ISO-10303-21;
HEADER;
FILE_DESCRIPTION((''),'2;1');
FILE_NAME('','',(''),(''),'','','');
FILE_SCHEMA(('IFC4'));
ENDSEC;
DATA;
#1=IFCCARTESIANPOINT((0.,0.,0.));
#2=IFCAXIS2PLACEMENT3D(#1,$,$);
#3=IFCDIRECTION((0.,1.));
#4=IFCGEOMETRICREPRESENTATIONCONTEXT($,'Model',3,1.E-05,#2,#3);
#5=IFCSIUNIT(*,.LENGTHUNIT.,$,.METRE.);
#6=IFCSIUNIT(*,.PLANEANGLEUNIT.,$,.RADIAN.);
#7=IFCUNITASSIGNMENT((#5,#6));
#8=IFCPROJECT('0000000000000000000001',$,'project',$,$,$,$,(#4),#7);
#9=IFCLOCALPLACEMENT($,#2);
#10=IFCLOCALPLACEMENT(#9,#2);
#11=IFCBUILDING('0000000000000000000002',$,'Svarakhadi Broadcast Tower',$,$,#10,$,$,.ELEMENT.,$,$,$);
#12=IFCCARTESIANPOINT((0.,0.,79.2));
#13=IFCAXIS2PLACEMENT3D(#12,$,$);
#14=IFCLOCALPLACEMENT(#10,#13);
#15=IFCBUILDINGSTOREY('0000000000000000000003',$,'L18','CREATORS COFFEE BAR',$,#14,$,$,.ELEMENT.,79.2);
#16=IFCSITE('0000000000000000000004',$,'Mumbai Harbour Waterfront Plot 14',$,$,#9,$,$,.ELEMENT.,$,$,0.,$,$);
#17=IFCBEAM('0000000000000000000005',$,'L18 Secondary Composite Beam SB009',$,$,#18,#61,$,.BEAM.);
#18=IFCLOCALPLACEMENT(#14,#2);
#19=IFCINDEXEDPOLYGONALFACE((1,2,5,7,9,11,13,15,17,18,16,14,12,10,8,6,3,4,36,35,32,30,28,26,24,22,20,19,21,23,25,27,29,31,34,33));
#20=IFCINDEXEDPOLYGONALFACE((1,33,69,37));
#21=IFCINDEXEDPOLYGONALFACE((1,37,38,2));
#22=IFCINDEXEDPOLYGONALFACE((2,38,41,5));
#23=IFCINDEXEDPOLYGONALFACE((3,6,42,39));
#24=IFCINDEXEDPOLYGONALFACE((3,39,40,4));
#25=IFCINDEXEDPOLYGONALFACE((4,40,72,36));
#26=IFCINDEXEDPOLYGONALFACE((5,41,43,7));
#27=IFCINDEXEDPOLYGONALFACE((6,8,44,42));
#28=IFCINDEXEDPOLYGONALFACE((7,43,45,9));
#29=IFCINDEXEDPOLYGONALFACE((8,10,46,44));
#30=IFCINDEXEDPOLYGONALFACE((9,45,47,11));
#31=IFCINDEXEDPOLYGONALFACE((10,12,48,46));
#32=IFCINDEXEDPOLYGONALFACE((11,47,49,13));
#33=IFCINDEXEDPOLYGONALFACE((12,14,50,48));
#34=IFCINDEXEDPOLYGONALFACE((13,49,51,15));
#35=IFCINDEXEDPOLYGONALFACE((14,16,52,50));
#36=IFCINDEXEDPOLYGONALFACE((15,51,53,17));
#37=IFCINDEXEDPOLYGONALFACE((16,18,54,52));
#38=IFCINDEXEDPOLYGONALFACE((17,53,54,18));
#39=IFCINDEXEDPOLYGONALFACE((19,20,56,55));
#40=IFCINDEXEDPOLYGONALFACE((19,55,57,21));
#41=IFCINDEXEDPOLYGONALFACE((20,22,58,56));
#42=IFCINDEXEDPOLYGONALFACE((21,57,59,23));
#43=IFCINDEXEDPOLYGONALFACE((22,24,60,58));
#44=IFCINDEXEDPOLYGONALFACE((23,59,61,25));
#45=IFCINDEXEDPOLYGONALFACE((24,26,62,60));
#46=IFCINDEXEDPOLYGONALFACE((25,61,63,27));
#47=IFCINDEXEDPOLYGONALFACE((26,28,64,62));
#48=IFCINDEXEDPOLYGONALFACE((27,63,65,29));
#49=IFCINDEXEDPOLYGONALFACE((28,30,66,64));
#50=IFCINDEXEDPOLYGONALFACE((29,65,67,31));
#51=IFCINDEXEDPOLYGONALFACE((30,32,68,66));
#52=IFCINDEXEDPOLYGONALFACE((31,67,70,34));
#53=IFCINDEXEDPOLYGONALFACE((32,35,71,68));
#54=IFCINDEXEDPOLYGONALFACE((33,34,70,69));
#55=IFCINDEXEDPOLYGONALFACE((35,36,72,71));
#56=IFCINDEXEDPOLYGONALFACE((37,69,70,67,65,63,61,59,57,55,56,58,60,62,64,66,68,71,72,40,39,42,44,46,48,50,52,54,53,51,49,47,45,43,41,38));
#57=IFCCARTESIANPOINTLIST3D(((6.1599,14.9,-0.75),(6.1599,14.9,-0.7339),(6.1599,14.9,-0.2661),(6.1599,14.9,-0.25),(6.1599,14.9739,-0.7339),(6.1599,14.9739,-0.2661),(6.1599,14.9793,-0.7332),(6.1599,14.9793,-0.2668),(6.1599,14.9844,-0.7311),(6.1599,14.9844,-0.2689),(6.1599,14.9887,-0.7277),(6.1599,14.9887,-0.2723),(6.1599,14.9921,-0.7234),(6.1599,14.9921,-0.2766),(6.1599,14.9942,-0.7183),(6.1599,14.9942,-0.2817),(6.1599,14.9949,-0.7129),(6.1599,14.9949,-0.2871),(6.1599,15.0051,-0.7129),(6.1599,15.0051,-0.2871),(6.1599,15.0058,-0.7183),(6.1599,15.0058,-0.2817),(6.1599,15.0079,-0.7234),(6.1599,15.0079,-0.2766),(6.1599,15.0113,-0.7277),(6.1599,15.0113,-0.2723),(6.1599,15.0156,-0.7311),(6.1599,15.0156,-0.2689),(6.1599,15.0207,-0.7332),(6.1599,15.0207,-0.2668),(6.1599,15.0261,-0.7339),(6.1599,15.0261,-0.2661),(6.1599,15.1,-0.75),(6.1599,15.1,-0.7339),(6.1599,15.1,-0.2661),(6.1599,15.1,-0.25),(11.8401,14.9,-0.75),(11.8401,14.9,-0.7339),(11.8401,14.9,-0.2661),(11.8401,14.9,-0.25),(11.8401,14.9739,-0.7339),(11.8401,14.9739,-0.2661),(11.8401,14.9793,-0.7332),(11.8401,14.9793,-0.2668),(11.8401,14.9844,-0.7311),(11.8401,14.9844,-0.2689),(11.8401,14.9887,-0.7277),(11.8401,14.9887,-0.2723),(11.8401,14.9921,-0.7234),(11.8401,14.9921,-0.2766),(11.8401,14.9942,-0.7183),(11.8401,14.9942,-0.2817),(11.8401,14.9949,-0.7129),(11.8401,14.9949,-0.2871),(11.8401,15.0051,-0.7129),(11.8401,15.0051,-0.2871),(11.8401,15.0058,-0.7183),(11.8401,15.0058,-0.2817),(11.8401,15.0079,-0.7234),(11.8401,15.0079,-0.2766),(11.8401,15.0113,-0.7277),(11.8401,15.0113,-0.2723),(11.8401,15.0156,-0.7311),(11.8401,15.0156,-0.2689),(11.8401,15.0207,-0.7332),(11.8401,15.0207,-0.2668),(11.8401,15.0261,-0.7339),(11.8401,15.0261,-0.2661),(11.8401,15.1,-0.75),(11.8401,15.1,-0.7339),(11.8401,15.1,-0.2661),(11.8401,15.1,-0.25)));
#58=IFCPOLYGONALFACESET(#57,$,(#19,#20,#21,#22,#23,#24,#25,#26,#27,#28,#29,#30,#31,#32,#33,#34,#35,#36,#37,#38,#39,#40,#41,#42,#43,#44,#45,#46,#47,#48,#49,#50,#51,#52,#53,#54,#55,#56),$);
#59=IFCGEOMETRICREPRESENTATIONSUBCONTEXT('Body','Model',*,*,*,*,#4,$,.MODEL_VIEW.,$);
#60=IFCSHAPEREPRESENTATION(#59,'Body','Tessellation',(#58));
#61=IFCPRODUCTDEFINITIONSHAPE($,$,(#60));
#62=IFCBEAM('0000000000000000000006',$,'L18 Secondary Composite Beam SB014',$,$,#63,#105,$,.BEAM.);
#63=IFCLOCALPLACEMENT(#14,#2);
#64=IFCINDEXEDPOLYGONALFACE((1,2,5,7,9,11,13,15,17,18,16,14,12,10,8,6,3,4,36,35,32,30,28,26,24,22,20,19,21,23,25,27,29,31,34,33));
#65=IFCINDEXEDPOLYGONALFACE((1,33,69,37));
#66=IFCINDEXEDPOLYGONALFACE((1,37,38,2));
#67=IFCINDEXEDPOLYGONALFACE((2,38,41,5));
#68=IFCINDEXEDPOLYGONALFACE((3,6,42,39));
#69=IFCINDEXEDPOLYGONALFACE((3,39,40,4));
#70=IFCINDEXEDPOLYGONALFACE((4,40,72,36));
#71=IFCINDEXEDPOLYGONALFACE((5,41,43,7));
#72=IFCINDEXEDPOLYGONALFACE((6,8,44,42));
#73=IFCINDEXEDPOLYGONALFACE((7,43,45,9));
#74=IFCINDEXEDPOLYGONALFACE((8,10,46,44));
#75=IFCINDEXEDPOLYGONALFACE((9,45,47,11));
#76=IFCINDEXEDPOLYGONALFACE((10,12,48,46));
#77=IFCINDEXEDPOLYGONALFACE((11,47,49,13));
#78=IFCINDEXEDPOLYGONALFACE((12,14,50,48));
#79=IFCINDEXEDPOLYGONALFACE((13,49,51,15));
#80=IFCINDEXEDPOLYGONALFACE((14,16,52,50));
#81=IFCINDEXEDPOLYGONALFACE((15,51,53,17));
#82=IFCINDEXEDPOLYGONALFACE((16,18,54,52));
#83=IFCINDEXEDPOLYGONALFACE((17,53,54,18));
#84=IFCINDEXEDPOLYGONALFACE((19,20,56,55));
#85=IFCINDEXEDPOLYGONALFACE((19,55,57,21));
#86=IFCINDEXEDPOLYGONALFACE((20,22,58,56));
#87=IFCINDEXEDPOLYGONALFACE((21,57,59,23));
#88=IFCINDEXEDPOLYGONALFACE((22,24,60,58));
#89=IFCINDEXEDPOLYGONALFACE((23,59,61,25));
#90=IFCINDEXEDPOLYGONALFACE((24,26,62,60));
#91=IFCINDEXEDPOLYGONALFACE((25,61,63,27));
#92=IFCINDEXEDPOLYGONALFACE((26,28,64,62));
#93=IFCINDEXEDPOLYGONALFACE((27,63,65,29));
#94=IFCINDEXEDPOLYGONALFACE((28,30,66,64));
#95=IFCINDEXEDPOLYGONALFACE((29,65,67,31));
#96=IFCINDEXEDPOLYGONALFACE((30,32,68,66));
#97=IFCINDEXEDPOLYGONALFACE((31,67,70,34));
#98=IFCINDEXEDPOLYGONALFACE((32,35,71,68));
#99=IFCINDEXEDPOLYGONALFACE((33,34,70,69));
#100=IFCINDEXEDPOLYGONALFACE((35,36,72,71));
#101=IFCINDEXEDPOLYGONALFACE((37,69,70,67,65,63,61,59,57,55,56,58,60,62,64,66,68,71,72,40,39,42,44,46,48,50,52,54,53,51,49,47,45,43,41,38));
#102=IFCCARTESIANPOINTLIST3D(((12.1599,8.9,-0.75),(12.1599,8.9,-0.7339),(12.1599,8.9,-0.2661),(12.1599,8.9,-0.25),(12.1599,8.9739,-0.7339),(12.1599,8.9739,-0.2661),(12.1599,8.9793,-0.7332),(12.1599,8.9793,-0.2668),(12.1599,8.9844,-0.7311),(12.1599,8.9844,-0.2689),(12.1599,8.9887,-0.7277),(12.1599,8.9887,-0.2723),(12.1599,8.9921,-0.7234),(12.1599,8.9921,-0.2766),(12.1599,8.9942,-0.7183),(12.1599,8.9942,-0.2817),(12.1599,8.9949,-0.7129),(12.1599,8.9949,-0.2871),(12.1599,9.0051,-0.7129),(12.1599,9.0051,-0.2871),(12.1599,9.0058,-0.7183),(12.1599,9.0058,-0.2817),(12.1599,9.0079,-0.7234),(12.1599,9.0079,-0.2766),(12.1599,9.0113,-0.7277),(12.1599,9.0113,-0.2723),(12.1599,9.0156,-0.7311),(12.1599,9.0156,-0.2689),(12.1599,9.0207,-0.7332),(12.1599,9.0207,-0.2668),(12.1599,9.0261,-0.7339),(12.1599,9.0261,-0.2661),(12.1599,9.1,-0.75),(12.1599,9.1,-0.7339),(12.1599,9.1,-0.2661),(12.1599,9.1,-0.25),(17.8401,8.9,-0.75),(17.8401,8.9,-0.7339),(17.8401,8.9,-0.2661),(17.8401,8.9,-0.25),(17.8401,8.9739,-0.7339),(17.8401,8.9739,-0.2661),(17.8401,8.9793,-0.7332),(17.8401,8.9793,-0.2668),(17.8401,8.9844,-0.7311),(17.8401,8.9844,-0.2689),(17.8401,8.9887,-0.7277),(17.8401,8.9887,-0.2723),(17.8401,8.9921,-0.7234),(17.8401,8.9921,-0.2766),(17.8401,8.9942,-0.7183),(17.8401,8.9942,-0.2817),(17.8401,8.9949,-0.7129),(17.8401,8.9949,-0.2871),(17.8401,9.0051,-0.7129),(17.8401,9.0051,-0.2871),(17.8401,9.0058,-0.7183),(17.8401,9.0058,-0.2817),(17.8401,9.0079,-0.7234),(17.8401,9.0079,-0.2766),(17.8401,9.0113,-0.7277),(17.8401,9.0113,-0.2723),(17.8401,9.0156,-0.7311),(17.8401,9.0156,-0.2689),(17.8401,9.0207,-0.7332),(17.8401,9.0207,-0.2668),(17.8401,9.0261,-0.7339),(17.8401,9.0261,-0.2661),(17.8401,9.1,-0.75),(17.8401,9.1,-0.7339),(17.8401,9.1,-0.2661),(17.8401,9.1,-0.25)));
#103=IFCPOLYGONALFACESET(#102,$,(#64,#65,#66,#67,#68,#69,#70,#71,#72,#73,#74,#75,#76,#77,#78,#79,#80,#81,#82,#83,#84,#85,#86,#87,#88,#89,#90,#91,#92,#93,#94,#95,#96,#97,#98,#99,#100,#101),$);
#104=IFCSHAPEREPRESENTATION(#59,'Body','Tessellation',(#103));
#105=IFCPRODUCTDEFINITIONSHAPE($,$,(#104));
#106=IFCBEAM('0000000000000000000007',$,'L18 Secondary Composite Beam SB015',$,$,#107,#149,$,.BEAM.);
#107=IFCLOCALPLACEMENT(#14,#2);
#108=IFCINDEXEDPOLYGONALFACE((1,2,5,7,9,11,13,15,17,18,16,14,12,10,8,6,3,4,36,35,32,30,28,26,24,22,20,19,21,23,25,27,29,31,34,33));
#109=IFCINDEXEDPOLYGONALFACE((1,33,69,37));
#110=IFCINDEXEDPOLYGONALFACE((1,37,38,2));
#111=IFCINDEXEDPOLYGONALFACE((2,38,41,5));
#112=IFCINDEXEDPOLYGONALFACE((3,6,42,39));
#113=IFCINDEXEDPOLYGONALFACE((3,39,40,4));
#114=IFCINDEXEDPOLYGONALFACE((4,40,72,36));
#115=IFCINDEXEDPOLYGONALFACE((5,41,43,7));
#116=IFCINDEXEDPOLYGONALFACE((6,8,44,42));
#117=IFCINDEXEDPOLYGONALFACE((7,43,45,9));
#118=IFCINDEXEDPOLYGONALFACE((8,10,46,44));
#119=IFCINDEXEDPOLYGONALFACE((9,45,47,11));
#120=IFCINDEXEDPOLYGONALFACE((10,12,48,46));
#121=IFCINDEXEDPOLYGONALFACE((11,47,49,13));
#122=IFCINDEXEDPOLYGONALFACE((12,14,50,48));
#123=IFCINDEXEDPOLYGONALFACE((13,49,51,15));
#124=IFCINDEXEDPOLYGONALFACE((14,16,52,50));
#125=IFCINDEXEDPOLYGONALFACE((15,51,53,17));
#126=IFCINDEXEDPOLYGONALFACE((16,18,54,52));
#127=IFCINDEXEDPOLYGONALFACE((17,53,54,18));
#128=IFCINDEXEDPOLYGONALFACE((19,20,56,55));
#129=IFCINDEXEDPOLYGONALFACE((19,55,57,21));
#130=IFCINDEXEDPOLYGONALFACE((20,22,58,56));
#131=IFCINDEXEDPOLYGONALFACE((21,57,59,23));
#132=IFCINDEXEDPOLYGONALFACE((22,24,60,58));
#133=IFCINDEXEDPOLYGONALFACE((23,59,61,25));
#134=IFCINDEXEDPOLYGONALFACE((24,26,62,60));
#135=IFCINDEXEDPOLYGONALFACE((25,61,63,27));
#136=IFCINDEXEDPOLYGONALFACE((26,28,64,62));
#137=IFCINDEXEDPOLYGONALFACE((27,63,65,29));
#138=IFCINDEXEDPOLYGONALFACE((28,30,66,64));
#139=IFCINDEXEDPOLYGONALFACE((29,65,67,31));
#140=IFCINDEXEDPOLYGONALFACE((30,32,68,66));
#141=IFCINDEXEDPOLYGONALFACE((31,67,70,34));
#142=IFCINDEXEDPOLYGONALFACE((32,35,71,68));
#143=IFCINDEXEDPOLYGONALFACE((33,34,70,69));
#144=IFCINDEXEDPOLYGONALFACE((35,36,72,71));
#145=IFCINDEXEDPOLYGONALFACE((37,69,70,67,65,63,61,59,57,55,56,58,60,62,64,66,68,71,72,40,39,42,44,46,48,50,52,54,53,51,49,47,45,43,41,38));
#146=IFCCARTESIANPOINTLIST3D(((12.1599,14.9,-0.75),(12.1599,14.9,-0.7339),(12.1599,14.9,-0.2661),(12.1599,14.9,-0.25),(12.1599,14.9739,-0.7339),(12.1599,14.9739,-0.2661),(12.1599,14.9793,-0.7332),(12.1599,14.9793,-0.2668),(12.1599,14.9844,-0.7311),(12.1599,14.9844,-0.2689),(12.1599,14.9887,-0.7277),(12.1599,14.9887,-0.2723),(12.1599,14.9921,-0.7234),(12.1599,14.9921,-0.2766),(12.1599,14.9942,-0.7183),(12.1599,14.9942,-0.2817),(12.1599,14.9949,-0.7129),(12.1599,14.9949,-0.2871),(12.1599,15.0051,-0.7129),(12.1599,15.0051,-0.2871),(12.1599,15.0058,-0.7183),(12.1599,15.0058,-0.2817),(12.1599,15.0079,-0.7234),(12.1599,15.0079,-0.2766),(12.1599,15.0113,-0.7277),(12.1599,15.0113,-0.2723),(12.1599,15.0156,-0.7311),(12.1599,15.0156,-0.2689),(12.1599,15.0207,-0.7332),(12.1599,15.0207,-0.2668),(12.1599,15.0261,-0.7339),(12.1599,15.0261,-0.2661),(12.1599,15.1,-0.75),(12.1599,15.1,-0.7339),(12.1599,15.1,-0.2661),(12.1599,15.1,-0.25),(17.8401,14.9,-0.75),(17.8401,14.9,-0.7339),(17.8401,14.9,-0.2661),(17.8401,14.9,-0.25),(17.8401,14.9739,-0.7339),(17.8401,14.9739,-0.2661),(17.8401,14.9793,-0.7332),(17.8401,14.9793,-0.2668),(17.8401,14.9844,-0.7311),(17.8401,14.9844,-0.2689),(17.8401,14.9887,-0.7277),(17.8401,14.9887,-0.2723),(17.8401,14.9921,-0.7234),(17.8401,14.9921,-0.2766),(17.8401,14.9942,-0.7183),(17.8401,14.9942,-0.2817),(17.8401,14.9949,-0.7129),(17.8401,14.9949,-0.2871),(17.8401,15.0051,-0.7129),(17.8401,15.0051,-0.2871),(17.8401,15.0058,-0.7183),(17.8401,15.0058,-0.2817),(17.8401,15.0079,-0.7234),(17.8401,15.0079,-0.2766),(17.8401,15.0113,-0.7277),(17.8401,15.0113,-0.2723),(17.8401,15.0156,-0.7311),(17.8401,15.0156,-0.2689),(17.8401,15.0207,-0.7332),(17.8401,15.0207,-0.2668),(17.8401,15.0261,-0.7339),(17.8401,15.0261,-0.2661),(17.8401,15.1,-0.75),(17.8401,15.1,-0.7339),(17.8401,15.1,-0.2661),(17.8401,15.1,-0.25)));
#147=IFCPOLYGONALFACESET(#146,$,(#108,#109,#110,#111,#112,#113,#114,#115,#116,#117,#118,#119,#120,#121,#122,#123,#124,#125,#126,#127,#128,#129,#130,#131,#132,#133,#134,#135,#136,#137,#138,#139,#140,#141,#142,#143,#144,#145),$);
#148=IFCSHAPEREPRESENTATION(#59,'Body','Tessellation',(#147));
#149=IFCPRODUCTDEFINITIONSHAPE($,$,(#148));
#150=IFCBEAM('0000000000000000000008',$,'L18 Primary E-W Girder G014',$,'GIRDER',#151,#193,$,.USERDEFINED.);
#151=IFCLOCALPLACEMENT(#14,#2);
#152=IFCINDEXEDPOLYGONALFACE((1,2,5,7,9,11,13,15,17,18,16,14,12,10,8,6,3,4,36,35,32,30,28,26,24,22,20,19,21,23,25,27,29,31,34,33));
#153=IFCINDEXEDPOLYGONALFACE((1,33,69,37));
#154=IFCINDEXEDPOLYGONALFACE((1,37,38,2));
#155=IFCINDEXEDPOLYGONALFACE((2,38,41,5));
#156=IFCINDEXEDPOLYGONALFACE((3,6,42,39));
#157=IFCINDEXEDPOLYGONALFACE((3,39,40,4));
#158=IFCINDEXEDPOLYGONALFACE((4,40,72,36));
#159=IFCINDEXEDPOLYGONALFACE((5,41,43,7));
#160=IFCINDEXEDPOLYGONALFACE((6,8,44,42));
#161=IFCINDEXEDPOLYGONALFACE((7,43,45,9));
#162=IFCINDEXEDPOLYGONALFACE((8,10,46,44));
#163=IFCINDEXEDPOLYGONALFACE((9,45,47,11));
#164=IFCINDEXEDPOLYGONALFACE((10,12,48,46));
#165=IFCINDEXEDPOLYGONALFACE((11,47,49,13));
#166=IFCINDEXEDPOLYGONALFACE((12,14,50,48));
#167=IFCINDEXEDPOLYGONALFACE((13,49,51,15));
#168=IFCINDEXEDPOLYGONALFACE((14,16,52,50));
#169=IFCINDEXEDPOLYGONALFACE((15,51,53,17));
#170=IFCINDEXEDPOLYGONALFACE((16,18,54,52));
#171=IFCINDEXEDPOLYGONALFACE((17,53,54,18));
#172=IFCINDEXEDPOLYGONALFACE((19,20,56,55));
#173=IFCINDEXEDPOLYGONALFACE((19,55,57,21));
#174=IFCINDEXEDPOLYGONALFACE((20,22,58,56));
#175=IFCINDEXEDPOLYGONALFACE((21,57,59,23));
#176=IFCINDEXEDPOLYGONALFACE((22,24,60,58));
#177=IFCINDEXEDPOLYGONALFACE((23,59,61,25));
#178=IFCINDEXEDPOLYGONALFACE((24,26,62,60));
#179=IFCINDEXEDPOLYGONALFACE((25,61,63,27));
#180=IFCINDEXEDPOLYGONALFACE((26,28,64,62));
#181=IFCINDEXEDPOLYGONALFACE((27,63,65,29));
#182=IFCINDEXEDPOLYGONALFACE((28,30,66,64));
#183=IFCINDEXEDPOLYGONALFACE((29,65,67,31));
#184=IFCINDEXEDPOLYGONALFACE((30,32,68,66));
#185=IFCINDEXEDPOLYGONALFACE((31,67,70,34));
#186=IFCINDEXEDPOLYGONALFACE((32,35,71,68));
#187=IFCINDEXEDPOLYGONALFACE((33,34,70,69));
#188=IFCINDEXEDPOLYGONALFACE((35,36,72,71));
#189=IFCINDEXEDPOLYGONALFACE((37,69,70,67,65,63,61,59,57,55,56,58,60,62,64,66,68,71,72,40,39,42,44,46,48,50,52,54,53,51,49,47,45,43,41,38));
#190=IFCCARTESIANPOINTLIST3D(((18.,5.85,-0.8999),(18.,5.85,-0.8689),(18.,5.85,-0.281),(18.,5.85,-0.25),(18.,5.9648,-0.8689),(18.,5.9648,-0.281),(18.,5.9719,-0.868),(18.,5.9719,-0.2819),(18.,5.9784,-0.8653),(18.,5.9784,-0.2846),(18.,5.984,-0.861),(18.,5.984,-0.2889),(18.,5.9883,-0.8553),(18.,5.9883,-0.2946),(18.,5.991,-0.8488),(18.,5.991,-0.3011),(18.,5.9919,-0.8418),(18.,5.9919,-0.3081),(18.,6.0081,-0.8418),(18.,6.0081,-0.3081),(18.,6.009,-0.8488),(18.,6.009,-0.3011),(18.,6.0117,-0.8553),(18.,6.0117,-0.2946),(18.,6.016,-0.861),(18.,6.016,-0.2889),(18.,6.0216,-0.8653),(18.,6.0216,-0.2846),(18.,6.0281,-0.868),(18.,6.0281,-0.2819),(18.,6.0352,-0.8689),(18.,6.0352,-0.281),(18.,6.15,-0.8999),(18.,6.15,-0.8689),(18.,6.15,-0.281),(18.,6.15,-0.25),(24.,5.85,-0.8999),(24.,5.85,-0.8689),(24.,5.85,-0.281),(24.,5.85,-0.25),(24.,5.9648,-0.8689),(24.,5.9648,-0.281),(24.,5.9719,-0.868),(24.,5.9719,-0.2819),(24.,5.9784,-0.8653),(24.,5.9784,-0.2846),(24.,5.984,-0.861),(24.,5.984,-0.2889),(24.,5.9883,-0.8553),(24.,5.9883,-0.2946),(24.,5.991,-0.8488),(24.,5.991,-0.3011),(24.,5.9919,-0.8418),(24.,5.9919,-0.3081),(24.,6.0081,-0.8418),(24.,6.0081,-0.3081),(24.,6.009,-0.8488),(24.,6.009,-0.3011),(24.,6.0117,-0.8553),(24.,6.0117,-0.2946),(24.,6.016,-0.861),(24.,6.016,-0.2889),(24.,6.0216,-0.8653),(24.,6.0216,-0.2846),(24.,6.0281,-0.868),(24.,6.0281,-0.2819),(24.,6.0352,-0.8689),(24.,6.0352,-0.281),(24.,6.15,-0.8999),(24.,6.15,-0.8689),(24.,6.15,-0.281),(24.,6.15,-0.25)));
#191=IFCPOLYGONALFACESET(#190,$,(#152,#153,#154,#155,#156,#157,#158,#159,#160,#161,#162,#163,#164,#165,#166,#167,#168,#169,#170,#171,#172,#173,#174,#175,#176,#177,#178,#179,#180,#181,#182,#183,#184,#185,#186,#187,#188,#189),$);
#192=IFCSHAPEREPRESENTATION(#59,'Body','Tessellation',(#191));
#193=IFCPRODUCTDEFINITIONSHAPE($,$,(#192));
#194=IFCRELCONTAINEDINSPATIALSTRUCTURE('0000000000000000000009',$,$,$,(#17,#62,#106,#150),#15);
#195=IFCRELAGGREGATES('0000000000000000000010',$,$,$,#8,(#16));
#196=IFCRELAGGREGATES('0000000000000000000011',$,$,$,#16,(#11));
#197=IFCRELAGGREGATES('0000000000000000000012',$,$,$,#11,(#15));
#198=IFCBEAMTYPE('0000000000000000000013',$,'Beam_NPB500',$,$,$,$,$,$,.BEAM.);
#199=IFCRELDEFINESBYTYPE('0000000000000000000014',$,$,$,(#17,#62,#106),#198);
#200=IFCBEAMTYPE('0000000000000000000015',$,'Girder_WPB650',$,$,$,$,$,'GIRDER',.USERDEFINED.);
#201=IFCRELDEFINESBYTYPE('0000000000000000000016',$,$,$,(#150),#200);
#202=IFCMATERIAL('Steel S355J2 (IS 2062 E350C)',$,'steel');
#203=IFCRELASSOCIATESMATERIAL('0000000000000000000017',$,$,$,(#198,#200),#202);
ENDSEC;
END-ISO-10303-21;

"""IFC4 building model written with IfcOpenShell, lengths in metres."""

from ifc_helpers import new_model, si_unit, direction, frame, origin, origin_2d, place, context, subcontext, project, spatial, i_section, extrude, material, material_profile, profile_set, type_object, element, save


model = new_model("IFC4")

# Units and contexts
model_context = context("Model", 3, precision=1e-05, world=origin(), true_north=direction((0.0, 1.0)))
body_context = subcontext(model_context, "Body", "Model", "MODEL_VIEW")
ifc_project = project(units=[si_unit("LENGTHUNIT", "METRE"), si_unit("PLANEANGLEUNIT", "RADIAN")], contexts=[model_context])

# Site, building, storey
site_placement = place(None, origin())
site = spatial("IfcSite", under=ifc_project, at=site_placement, Name="Mumbai Harbour Waterfront Plot 14", CompositionType="ELEMENT", RefElevation=0.0)
building_placement = place(site_placement, origin())
building = spatial("IfcBuilding", under=site, at=building_placement, Name="Svarakhadi Broadcast Tower", CompositionType="ELEMENT")
storey_placement = place(building_placement, frame((0.0, 0.0, 79.2)))
storey = spatial("IfcBuildingStorey", under=building, at=storey_placement, Name="L18", Description="CREATORS COFFEE BAR", CompositionType="ELEMENT", Elevation=79.2)

# Beams
ifc_material_1 = material(Name="Steel S355J2 (IS 2062 E350C)", Category="steel")
ifc_material_profile_1 = material_profile(ifc_material_1, i_section(OverallWidth=0.2, OverallDepth=0.5, WebThickness=0.0103, FlangeThickness=0.0161, FilletRadius=0.021, at=origin_2d()), Name="NPB 500x200x91")
ifc_profile_set_1 = profile_set([ifc_material_profile_1], Name="Steel S355J2 (IS 2062 E350C)")
beam_type_1 = type_object("IfcBeamType", Name="Beam_NPB500", PredefinedType="BEAM", material=ifc_profile_set_1)
for number, where, z_axis, x_axis, name in (
    (1, (6.1599, 15.0, -0.5), (1.0, 0.0, 0.0), (0.0, 1.0, 0.0), "L18 Secondary Composite Beam SB009"),
    (2, (12.1599, 9.0, -0.5), (1.0, 0.0, 0.0), (0.0, 1.0, 0.0), "L18 Secondary Composite Beam SB014"),
    (3, (12.1599, 15.0, -0.5), (1.0, 0.0, 0.0), (0.0, 1.0, 0.0), "L18 Secondary Composite Beam SB015"),
):
    element("IfcBeam", number, at=place(storey_placement, frame(where, z_axis=z_axis, x_axis=x_axis)), inside=storey, type_object=beam_type_1, Name=name, PredefinedType="BEAM", context=body_context, shape_type="SweptSolid", body=[
        extrude(i_section(OverallWidth=0.2, OverallDepth=0.5, WebThickness=0.0103, FlangeThickness=0.0161, FilletRadius=0.021, at=origin_2d()), origin(), (0.0, 0.0, 1.0), 5.6802),
    ])
ifc_material_profile_2 = material_profile(ifc_material_1, i_section(OverallWidth=0.3, OverallDepth=0.6499, WebThickness=0.0161, FlangeThickness=0.031, FilletRadius=0.0271, at=origin_2d()), Name="WPB 650x300x225")
ifc_profile_set_2 = profile_set([ifc_material_profile_2], Name="Steel S355J2 (IS 2062 E350C)")
beam_type_2 = type_object("IfcBeamType", Name="Girder_WPB650", ElementType="GIRDER", PredefinedType="USERDEFINED", material=ifc_profile_set_2)
for number, where, z_axis, x_axis, name in (
    (4, (18.0, 6.0, -0.575), (1.0, 0.0, 0.0), (0.0, 1.0, 0.0), "L18 Primary E-W Girder G014"),
):
    element("IfcBeam", number, at=place(storey_placement, frame(where, z_axis=z_axis, x_axis=x_axis)), inside=storey, type_object=beam_type_2, Name=name, ObjectType="GIRDER", PredefinedType="USERDEFINED", context=body_context, shape_type="SweptSolid", body=[
        extrude(i_section(OverallWidth=0.3, OverallDepth=0.6499, WebThickness=0.0161, FlangeThickness=0.031, FilletRadius=0.0271, at=origin_2d()), origin(), (0.0, 0.0, 1.0), 6.0),
    ])

save(model, "model.ifc")
